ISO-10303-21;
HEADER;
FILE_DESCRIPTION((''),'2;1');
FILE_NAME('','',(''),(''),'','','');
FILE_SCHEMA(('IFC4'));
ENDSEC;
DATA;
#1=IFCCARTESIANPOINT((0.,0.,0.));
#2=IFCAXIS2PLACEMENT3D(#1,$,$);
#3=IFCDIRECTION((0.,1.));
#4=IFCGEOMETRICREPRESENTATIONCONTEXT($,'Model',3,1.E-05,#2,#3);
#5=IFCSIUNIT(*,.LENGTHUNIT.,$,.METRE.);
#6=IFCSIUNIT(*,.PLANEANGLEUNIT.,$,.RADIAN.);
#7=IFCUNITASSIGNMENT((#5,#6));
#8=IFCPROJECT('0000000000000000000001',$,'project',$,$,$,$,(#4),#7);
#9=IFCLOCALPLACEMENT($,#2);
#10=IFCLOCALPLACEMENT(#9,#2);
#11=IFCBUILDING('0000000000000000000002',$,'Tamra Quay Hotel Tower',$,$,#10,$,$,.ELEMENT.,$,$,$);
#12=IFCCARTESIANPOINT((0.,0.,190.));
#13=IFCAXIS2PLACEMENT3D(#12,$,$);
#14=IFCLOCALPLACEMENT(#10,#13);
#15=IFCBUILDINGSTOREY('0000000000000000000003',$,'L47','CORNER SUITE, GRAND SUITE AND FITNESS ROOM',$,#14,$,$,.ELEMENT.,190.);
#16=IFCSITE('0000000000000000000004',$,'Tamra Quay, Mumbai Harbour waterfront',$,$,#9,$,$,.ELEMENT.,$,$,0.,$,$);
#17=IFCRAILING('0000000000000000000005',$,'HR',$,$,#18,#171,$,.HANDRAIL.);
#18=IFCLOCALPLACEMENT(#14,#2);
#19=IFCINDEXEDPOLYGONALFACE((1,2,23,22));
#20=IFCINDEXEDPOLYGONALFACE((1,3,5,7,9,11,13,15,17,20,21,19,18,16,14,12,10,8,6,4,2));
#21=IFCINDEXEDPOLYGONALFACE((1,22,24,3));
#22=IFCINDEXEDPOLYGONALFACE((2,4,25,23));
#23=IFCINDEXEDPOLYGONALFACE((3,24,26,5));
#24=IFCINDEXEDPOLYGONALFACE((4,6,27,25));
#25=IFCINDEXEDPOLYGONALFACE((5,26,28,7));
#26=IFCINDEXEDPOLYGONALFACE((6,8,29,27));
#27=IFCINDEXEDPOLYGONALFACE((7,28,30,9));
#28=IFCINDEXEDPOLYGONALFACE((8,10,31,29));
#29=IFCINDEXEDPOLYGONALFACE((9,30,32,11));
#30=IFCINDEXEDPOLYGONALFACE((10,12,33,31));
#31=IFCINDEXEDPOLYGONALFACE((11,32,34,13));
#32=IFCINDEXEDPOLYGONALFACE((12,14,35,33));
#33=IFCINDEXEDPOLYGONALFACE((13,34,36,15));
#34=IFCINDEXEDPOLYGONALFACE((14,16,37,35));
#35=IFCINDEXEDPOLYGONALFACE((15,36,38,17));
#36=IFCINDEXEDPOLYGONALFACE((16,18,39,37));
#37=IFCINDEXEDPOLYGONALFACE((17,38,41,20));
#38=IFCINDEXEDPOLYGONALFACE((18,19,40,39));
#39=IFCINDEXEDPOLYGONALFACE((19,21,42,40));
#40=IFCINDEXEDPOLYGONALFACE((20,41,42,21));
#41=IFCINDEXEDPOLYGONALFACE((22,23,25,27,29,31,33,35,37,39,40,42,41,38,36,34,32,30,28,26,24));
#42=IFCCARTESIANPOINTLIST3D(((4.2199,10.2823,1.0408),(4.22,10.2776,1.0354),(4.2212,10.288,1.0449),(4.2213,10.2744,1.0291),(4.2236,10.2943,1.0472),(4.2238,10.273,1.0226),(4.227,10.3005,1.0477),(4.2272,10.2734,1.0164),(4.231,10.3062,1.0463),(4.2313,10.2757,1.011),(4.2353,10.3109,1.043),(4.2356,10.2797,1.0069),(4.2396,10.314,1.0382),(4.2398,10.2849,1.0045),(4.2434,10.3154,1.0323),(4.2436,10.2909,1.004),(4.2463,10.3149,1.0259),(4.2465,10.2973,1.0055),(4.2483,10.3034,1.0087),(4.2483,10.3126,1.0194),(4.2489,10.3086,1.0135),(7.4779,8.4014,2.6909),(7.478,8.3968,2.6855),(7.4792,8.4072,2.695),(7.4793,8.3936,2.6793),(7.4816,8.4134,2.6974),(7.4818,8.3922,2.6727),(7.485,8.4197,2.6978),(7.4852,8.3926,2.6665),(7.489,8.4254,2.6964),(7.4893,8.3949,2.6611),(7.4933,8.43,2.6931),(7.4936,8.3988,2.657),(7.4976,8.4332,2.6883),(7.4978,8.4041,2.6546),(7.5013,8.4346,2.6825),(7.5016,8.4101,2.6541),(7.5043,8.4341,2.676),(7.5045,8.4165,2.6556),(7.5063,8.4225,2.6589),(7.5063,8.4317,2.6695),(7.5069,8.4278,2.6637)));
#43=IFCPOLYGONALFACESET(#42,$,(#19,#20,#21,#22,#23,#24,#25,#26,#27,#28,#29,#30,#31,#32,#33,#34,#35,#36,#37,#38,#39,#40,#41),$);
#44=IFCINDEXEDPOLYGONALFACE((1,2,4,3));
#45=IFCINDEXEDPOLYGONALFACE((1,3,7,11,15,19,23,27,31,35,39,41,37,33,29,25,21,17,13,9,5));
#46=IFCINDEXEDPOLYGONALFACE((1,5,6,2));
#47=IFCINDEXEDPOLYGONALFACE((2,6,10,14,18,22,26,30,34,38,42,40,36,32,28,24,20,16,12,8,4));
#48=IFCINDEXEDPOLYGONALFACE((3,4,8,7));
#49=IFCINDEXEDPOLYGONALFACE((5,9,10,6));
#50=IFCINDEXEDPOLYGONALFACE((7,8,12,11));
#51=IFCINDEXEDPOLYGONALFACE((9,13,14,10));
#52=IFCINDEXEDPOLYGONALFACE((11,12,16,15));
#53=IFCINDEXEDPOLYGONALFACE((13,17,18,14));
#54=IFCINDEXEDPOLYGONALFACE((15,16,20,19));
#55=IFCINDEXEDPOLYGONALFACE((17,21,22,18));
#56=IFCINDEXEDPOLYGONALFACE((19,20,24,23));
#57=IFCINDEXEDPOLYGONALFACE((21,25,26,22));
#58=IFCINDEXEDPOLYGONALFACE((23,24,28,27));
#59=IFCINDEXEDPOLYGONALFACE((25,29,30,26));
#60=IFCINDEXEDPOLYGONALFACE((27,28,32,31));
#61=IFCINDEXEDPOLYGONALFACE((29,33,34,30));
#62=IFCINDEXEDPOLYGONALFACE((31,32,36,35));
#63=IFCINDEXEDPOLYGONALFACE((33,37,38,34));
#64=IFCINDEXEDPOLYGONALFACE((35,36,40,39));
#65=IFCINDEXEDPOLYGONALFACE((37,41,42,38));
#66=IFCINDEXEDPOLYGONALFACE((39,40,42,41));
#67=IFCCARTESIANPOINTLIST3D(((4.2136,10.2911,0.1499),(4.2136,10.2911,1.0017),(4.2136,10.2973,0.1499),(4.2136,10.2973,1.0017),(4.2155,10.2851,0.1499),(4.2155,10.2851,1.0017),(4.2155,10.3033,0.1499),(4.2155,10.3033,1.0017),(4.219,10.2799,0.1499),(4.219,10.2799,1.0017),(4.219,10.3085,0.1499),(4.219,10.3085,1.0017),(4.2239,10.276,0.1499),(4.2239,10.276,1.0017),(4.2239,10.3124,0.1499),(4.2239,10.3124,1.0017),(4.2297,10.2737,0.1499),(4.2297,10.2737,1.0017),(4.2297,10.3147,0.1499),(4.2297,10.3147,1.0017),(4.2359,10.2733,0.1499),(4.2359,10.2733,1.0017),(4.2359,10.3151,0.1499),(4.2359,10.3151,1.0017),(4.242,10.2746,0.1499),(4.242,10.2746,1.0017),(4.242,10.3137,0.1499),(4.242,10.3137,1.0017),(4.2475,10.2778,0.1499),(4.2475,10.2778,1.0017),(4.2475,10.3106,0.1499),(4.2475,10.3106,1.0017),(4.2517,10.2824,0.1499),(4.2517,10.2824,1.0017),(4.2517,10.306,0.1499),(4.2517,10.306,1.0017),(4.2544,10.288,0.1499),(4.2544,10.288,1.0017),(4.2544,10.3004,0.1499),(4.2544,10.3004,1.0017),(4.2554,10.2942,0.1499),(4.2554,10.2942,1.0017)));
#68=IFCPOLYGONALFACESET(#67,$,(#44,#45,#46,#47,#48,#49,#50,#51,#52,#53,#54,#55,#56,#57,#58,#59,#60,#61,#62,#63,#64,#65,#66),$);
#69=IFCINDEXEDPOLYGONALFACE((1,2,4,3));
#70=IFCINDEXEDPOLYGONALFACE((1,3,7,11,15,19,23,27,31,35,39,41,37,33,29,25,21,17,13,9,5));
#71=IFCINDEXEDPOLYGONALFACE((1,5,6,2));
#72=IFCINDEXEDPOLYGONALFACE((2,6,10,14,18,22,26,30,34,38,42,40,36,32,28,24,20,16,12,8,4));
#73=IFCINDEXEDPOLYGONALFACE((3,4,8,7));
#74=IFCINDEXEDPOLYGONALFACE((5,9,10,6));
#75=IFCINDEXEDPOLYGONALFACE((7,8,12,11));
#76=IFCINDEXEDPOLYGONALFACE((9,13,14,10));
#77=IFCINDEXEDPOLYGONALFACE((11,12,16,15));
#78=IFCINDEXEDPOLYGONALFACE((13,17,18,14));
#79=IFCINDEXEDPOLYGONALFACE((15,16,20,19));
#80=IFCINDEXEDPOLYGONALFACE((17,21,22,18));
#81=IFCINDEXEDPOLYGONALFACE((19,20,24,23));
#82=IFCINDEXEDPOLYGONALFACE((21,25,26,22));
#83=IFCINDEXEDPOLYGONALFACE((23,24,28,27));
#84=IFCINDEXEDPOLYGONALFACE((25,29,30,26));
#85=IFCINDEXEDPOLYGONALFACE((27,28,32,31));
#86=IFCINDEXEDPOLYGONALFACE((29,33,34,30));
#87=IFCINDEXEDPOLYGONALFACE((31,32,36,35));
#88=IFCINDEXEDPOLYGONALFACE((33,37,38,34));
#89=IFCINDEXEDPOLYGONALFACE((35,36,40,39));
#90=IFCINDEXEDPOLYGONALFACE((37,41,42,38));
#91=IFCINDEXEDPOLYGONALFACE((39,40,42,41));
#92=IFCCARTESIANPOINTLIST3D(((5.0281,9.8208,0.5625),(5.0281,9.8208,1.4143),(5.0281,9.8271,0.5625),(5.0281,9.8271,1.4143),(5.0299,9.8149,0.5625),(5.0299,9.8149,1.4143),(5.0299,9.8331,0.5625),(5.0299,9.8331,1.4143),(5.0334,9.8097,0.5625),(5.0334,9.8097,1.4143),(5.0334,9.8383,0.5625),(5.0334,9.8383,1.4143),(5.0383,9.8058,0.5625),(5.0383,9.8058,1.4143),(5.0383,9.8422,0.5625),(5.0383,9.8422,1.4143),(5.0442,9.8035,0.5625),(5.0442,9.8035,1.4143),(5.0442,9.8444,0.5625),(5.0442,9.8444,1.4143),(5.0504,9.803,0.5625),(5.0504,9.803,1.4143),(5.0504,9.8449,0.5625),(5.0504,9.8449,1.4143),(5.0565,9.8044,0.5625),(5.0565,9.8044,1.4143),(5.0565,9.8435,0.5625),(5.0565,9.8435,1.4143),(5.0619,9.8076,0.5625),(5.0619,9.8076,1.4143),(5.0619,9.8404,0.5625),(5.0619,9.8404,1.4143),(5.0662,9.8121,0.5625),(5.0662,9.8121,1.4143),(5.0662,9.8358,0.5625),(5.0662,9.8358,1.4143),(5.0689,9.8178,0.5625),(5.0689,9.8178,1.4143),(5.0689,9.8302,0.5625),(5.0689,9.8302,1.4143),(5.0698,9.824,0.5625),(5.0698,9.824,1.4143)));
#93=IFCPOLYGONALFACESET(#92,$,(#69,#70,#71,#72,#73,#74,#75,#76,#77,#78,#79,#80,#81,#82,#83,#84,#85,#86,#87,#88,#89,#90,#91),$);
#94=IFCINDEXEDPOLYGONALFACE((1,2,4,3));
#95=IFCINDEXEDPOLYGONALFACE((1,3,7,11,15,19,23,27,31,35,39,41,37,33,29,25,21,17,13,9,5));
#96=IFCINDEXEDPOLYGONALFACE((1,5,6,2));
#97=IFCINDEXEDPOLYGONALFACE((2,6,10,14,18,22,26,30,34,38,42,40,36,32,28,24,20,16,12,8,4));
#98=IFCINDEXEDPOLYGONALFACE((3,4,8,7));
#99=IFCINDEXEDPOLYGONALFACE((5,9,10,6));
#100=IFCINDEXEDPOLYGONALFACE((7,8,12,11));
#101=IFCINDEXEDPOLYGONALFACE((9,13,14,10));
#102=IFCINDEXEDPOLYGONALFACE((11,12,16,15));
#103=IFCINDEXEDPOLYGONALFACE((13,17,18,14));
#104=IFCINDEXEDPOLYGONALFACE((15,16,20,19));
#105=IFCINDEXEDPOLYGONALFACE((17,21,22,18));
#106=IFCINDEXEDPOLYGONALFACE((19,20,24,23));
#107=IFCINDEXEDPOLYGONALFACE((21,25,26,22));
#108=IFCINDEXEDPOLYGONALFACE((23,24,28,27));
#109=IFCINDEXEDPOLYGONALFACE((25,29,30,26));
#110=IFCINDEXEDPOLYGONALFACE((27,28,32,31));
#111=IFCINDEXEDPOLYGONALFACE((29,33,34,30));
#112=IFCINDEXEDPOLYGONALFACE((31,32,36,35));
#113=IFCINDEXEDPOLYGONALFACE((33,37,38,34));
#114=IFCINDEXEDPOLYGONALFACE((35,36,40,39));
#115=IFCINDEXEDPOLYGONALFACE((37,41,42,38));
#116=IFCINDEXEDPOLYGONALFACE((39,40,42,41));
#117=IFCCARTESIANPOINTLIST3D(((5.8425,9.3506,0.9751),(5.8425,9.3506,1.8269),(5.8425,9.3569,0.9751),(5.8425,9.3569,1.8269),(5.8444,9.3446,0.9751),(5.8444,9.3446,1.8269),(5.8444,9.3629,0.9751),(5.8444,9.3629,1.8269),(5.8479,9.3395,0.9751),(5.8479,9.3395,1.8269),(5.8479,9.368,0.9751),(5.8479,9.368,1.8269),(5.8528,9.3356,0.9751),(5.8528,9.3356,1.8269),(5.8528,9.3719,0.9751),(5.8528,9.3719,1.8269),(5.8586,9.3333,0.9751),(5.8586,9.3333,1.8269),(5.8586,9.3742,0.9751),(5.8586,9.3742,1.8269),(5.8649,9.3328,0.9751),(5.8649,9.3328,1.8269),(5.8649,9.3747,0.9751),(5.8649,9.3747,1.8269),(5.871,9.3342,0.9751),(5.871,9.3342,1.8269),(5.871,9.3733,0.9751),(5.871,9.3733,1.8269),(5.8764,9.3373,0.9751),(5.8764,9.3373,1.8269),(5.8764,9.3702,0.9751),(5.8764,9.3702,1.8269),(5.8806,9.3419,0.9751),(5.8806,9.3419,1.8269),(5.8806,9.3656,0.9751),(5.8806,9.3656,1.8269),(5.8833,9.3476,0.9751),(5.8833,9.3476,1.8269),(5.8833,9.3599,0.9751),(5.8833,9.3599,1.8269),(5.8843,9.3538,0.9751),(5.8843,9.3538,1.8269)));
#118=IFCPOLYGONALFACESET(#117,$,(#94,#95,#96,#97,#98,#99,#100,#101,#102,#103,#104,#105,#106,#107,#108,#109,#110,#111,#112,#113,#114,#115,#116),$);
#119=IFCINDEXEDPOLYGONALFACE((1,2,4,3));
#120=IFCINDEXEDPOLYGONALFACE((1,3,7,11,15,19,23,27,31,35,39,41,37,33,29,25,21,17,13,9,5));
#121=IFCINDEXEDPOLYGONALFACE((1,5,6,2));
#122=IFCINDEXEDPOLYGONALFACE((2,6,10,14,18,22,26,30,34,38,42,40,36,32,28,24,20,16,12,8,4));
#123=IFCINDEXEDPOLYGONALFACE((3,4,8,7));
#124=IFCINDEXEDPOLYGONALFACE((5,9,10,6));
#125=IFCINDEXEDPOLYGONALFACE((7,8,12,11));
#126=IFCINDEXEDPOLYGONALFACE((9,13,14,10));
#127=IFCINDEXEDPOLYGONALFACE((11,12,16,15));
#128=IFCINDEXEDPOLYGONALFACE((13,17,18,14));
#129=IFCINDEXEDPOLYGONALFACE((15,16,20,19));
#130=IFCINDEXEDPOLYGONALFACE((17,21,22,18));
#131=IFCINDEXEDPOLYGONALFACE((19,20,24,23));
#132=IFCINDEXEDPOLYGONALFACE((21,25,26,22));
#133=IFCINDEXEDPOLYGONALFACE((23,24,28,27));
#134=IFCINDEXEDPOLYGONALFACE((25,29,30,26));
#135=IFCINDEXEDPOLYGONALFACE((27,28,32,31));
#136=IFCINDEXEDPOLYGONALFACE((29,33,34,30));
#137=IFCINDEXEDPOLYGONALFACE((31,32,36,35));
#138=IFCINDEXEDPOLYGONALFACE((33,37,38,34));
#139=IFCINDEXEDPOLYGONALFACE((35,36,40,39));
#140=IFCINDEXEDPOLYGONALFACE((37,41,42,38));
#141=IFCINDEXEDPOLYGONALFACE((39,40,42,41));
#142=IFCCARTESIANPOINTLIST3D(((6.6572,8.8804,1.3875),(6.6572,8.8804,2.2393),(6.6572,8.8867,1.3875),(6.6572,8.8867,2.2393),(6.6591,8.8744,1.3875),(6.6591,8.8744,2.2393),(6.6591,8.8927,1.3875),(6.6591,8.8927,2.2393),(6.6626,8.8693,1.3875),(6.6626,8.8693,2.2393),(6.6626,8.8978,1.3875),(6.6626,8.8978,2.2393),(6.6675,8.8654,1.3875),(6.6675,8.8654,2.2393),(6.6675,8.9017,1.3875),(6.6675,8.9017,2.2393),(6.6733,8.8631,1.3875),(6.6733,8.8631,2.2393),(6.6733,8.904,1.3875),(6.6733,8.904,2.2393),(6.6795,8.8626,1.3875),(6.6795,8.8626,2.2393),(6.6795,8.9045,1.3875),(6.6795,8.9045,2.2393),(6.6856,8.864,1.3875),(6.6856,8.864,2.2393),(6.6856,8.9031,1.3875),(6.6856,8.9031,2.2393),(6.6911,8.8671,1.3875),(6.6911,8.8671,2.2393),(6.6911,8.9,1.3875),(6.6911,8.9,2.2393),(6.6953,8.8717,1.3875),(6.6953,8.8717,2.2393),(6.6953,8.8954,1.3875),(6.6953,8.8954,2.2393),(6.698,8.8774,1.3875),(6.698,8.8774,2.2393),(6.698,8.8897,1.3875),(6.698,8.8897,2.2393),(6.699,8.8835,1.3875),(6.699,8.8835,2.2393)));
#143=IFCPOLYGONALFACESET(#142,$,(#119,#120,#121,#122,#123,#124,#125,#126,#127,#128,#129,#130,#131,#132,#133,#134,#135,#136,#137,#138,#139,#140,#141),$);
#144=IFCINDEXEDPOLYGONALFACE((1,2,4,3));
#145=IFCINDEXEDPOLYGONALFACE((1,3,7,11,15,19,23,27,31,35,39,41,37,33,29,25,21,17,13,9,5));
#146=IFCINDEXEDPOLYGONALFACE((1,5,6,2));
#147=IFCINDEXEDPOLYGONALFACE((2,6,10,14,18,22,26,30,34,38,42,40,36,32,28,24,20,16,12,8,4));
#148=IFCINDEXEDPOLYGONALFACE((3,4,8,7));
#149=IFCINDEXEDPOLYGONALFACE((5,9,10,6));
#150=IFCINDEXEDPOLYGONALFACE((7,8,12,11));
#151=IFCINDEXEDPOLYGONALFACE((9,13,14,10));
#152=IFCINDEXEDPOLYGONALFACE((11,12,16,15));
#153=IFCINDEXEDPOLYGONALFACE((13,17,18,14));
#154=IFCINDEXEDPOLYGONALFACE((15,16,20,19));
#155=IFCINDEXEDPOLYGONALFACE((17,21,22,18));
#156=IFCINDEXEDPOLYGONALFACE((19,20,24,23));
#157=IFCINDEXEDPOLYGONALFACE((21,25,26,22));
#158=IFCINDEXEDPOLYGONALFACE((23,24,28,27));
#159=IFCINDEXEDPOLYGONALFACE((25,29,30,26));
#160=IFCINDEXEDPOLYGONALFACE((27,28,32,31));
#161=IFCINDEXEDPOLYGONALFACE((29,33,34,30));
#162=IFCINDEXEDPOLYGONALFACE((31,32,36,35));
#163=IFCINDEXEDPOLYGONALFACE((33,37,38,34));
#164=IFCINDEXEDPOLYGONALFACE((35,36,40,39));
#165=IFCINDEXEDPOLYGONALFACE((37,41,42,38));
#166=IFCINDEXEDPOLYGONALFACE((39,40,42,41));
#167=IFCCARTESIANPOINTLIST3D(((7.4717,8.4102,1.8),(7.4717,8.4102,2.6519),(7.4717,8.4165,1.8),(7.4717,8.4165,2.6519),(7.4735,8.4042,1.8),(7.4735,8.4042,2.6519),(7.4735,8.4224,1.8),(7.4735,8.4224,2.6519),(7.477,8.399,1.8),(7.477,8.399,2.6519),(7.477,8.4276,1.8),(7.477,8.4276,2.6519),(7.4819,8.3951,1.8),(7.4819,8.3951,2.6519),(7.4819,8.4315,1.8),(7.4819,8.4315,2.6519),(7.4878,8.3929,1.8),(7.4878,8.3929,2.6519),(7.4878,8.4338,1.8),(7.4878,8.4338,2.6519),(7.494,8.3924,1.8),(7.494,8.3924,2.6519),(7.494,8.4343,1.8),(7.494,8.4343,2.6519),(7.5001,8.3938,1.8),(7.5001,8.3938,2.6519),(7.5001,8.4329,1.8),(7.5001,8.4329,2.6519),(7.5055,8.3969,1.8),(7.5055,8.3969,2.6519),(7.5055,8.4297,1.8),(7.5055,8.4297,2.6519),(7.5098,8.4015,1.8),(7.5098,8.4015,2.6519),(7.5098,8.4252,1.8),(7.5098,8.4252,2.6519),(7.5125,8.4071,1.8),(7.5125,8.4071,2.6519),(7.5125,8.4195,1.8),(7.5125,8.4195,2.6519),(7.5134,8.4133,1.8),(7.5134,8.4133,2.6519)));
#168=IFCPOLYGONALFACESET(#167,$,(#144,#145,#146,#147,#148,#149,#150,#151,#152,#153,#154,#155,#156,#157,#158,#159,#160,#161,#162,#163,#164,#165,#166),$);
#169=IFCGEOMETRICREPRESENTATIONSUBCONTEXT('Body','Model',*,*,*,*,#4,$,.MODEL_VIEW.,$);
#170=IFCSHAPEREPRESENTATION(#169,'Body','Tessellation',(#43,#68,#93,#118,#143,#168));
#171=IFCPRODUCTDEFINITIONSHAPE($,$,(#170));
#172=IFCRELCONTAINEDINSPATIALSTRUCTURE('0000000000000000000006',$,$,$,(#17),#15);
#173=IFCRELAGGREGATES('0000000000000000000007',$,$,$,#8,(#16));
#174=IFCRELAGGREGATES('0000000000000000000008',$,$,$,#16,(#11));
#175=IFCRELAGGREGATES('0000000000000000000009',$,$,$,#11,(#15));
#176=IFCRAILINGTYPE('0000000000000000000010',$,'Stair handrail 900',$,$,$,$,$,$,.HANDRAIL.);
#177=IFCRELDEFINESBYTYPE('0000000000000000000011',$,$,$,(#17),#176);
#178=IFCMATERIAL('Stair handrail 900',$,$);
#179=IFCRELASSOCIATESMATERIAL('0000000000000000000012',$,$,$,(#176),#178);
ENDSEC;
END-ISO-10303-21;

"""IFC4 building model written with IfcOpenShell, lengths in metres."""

from ifc_helpers import new_model, si_unit, direction, frame, origin, origin_2d, place, context, subcontext, project, spatial, circle, extrude, material, type_object, element, save


model = new_model("IFC4")

# Units and contexts
model_context = context("Model", 3, precision=1e-05, world=origin(), true_north=direction((0.0, 1.0)))
body_context = subcontext(model_context, "Body", "Model", "MODEL_VIEW")
ifc_project = project(units=[si_unit("LENGTHUNIT", "METRE"), si_unit("PLANEANGLEUNIT", "RADIAN")], contexts=[model_context])

# Site, building, storey
site_placement = place(None, origin())
site = spatial("IfcSite", under=ifc_project, at=site_placement, Name="Tamra Quay, Mumbai Harbour waterfront", CompositionType="ELEMENT", RefElevation=0.0)
building_placement = place(site_placement, origin())
building = spatial("IfcBuilding", under=site, at=building_placement, Name="Tamra Quay Hotel Tower", CompositionType="ELEMENT")
storey_placement = place(building_placement, frame((0.0, 0.0, 190.0)))
storey = spatial("IfcBuildingStorey", under=building, at=storey_placement, Name="L47", Description="CORNER SUITE, GRAND SUITE AND FITNESS ROOM", CompositionType="ELEMENT", Elevation=190.0)

# Railing
ifc_material_1 = material(Name="Stair handrail 900")
railing_type_1 = type_object("IfcRailingType", Name="Stair handrail 900", PredefinedType="HANDRAIL", material=ifc_material_1)
railing_1_placement = place(storey_placement, frame((4.2344, 10.2942, 0.1499)))
element("IfcRailing", 1, at=railing_1_placement, inside=storey, type_object=railing_type_1, Name="HR", PredefinedType="HANDRAIL", context=body_context, shape_type="SweptSolid", body=[
    extrude(circle(Radius=0.0239, at=origin_2d()), frame((0.0, 0.0, 0.876), z_axis=(0.793103, -0.457854, 0.401692), x_axis=(0.499964, 0.866046, 0.0)), (0.0, 0.0, 1.0), 4.1079),
    extrude(circle(Radius=0.021, at=origin_2d()), origin(), (0.0, 0.0, 1.0), 0.8518),
    extrude(circle(Radius=0.021, at=origin_2d()), frame((0.8145, -0.4702, 0.4126)), (0.0, 0.0, 1.0), 0.8518),
    extrude(circle(Radius=0.021, at=origin_2d()), frame((1.6289, -0.9404, 0.8252)), (0.0, 0.0, 1.0), 0.8518),
    extrude(circle(Radius=0.021, at=origin_2d()), frame((2.4436, -1.4106, 1.2375)), (0.0, 0.0, 1.0), 0.8518),
    extrude(circle(Radius=0.021, at=origin_2d()), frame((3.2581, -1.8809, 1.6501)), (0.0, 0.0, 1.0), 0.8518),
])

save(model, "model.ifc")
